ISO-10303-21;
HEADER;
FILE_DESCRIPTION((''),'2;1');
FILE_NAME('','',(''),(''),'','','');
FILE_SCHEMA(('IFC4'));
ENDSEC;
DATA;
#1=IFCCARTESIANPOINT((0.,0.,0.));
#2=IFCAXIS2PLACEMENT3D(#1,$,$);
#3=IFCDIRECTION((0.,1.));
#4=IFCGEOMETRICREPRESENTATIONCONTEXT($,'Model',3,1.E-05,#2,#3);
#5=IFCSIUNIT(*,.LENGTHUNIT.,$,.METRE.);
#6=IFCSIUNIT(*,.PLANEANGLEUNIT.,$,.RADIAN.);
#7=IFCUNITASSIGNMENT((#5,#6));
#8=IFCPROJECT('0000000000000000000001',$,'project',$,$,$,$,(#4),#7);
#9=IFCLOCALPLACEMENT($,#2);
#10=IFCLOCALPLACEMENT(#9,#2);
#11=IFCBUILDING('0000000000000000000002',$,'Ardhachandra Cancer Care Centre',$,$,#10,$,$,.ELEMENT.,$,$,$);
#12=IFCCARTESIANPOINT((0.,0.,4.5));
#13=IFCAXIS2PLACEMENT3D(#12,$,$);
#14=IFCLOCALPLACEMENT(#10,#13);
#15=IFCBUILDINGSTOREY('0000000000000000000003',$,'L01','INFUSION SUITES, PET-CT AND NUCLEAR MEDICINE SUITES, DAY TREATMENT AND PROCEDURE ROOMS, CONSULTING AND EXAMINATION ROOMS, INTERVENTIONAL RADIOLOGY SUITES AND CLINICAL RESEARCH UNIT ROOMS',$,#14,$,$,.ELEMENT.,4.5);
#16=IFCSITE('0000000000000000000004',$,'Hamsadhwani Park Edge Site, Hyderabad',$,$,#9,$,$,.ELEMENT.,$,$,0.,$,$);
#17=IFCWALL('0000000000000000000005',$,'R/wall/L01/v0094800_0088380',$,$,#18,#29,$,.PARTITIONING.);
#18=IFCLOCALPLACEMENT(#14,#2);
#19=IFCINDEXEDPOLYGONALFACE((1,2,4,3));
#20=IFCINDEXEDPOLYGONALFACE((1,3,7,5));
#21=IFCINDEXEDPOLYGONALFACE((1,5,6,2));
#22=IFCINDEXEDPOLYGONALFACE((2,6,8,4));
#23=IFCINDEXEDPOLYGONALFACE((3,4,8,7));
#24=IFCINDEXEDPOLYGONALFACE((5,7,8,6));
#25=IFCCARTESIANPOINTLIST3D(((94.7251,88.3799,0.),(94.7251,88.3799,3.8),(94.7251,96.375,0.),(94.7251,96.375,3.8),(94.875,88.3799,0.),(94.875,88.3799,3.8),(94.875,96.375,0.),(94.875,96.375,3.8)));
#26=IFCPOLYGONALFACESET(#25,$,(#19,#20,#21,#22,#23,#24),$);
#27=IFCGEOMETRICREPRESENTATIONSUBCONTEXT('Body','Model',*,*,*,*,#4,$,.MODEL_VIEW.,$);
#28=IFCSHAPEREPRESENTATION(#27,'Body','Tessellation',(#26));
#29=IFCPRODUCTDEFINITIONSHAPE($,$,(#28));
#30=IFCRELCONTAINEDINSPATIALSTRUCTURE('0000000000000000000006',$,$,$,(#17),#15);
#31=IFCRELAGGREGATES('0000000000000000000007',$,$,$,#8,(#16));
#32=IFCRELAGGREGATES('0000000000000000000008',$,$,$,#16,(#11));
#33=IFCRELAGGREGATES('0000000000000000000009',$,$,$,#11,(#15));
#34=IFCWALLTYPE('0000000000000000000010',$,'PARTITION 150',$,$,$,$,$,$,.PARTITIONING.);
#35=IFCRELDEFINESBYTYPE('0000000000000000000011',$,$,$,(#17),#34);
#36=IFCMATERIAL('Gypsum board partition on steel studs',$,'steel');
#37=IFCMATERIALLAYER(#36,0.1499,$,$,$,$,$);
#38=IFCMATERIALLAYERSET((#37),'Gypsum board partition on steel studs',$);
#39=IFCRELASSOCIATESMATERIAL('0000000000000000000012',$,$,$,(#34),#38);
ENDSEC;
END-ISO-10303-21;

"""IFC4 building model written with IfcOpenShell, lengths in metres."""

from ifc_helpers import new_model, si_unit, direction, frame, frame_2d, origin, place, context, subcontext, project, spatial, rectangle, extrude, material, layer, layer_set, type_object, element, save


model = new_model("IFC4")

# Units and contexts
model_context = context("Model", 3, precision=1e-05, world=origin(), true_north=direction((0.0, 1.0)))
body_context = subcontext(model_context, "Body", "Model", "MODEL_VIEW")
ifc_project = project(units=[si_unit("LENGTHUNIT", "METRE"), si_unit("PLANEANGLEUNIT", "RADIAN")], contexts=[model_context])

# Site, building, storey
site_placement = place(None, origin())
site = spatial("IfcSite", under=ifc_project, at=site_placement, Name="Hamsadhwani Park Edge Site, Hyderabad", CompositionType="ELEMENT", RefElevation=0.0)
building_placement = place(site_placement, origin())
building = spatial("IfcBuilding", under=site, at=building_placement, Name="Ardhachandra Cancer Care Centre", CompositionType="ELEMENT")
storey_placement = place(building_placement, frame((0.0, 0.0, 4.5)))
storey = spatial("IfcBuildingStorey", under=building, at=storey_placement, Name="L01", Description="INFUSION SUITES, PET-CT AND NUCLEAR MEDICINE SUITES, DAY TREATMENT AND PROCEDURE ROOMS, CONSULTING AND EXAMINATION ROOMS, INTERVENTIONAL RADIOLOGY SUITES AND CLINICAL RESEARCH UNIT ROOMS", CompositionType="ELEMENT", Elevation=4.5)

# Wall
ifc_material_1 = material(Name="Gypsum board partition on steel studs", Category="steel")
ifc_layer_1 = layer(ifc_material_1, 0.1499)
ifc_layer_set_1 = layer_set([ifc_layer_1], Name="Gypsum board partition on steel studs")
wall_type = type_object("IfcWallType", Name="PARTITION 150", PredefinedType="PARTITIONING", material=ifc_layer_set_1)
wall_placement = place(storey_placement, frame((94.8, 88.3799, 0.0), z_axis=(0.0, 0.0, 1.0), x_axis=(0.0, 1.0, 0.0)))
element("IfcWall", 1, at=wall_placement, inside=storey, type_object=wall_type, Name="R/wall/L01/v0094800_0088380", PredefinedType="PARTITIONING", context=body_context, shape_type="SweptSolid", body=[
    extrude(rectangle(XDim=7.9951, YDim=0.1499, at=frame_2d((3.9976, 0.0))), origin(), (0.0, 0.0, 1.0), 3.8),
])

save(model, "model.ifc")
